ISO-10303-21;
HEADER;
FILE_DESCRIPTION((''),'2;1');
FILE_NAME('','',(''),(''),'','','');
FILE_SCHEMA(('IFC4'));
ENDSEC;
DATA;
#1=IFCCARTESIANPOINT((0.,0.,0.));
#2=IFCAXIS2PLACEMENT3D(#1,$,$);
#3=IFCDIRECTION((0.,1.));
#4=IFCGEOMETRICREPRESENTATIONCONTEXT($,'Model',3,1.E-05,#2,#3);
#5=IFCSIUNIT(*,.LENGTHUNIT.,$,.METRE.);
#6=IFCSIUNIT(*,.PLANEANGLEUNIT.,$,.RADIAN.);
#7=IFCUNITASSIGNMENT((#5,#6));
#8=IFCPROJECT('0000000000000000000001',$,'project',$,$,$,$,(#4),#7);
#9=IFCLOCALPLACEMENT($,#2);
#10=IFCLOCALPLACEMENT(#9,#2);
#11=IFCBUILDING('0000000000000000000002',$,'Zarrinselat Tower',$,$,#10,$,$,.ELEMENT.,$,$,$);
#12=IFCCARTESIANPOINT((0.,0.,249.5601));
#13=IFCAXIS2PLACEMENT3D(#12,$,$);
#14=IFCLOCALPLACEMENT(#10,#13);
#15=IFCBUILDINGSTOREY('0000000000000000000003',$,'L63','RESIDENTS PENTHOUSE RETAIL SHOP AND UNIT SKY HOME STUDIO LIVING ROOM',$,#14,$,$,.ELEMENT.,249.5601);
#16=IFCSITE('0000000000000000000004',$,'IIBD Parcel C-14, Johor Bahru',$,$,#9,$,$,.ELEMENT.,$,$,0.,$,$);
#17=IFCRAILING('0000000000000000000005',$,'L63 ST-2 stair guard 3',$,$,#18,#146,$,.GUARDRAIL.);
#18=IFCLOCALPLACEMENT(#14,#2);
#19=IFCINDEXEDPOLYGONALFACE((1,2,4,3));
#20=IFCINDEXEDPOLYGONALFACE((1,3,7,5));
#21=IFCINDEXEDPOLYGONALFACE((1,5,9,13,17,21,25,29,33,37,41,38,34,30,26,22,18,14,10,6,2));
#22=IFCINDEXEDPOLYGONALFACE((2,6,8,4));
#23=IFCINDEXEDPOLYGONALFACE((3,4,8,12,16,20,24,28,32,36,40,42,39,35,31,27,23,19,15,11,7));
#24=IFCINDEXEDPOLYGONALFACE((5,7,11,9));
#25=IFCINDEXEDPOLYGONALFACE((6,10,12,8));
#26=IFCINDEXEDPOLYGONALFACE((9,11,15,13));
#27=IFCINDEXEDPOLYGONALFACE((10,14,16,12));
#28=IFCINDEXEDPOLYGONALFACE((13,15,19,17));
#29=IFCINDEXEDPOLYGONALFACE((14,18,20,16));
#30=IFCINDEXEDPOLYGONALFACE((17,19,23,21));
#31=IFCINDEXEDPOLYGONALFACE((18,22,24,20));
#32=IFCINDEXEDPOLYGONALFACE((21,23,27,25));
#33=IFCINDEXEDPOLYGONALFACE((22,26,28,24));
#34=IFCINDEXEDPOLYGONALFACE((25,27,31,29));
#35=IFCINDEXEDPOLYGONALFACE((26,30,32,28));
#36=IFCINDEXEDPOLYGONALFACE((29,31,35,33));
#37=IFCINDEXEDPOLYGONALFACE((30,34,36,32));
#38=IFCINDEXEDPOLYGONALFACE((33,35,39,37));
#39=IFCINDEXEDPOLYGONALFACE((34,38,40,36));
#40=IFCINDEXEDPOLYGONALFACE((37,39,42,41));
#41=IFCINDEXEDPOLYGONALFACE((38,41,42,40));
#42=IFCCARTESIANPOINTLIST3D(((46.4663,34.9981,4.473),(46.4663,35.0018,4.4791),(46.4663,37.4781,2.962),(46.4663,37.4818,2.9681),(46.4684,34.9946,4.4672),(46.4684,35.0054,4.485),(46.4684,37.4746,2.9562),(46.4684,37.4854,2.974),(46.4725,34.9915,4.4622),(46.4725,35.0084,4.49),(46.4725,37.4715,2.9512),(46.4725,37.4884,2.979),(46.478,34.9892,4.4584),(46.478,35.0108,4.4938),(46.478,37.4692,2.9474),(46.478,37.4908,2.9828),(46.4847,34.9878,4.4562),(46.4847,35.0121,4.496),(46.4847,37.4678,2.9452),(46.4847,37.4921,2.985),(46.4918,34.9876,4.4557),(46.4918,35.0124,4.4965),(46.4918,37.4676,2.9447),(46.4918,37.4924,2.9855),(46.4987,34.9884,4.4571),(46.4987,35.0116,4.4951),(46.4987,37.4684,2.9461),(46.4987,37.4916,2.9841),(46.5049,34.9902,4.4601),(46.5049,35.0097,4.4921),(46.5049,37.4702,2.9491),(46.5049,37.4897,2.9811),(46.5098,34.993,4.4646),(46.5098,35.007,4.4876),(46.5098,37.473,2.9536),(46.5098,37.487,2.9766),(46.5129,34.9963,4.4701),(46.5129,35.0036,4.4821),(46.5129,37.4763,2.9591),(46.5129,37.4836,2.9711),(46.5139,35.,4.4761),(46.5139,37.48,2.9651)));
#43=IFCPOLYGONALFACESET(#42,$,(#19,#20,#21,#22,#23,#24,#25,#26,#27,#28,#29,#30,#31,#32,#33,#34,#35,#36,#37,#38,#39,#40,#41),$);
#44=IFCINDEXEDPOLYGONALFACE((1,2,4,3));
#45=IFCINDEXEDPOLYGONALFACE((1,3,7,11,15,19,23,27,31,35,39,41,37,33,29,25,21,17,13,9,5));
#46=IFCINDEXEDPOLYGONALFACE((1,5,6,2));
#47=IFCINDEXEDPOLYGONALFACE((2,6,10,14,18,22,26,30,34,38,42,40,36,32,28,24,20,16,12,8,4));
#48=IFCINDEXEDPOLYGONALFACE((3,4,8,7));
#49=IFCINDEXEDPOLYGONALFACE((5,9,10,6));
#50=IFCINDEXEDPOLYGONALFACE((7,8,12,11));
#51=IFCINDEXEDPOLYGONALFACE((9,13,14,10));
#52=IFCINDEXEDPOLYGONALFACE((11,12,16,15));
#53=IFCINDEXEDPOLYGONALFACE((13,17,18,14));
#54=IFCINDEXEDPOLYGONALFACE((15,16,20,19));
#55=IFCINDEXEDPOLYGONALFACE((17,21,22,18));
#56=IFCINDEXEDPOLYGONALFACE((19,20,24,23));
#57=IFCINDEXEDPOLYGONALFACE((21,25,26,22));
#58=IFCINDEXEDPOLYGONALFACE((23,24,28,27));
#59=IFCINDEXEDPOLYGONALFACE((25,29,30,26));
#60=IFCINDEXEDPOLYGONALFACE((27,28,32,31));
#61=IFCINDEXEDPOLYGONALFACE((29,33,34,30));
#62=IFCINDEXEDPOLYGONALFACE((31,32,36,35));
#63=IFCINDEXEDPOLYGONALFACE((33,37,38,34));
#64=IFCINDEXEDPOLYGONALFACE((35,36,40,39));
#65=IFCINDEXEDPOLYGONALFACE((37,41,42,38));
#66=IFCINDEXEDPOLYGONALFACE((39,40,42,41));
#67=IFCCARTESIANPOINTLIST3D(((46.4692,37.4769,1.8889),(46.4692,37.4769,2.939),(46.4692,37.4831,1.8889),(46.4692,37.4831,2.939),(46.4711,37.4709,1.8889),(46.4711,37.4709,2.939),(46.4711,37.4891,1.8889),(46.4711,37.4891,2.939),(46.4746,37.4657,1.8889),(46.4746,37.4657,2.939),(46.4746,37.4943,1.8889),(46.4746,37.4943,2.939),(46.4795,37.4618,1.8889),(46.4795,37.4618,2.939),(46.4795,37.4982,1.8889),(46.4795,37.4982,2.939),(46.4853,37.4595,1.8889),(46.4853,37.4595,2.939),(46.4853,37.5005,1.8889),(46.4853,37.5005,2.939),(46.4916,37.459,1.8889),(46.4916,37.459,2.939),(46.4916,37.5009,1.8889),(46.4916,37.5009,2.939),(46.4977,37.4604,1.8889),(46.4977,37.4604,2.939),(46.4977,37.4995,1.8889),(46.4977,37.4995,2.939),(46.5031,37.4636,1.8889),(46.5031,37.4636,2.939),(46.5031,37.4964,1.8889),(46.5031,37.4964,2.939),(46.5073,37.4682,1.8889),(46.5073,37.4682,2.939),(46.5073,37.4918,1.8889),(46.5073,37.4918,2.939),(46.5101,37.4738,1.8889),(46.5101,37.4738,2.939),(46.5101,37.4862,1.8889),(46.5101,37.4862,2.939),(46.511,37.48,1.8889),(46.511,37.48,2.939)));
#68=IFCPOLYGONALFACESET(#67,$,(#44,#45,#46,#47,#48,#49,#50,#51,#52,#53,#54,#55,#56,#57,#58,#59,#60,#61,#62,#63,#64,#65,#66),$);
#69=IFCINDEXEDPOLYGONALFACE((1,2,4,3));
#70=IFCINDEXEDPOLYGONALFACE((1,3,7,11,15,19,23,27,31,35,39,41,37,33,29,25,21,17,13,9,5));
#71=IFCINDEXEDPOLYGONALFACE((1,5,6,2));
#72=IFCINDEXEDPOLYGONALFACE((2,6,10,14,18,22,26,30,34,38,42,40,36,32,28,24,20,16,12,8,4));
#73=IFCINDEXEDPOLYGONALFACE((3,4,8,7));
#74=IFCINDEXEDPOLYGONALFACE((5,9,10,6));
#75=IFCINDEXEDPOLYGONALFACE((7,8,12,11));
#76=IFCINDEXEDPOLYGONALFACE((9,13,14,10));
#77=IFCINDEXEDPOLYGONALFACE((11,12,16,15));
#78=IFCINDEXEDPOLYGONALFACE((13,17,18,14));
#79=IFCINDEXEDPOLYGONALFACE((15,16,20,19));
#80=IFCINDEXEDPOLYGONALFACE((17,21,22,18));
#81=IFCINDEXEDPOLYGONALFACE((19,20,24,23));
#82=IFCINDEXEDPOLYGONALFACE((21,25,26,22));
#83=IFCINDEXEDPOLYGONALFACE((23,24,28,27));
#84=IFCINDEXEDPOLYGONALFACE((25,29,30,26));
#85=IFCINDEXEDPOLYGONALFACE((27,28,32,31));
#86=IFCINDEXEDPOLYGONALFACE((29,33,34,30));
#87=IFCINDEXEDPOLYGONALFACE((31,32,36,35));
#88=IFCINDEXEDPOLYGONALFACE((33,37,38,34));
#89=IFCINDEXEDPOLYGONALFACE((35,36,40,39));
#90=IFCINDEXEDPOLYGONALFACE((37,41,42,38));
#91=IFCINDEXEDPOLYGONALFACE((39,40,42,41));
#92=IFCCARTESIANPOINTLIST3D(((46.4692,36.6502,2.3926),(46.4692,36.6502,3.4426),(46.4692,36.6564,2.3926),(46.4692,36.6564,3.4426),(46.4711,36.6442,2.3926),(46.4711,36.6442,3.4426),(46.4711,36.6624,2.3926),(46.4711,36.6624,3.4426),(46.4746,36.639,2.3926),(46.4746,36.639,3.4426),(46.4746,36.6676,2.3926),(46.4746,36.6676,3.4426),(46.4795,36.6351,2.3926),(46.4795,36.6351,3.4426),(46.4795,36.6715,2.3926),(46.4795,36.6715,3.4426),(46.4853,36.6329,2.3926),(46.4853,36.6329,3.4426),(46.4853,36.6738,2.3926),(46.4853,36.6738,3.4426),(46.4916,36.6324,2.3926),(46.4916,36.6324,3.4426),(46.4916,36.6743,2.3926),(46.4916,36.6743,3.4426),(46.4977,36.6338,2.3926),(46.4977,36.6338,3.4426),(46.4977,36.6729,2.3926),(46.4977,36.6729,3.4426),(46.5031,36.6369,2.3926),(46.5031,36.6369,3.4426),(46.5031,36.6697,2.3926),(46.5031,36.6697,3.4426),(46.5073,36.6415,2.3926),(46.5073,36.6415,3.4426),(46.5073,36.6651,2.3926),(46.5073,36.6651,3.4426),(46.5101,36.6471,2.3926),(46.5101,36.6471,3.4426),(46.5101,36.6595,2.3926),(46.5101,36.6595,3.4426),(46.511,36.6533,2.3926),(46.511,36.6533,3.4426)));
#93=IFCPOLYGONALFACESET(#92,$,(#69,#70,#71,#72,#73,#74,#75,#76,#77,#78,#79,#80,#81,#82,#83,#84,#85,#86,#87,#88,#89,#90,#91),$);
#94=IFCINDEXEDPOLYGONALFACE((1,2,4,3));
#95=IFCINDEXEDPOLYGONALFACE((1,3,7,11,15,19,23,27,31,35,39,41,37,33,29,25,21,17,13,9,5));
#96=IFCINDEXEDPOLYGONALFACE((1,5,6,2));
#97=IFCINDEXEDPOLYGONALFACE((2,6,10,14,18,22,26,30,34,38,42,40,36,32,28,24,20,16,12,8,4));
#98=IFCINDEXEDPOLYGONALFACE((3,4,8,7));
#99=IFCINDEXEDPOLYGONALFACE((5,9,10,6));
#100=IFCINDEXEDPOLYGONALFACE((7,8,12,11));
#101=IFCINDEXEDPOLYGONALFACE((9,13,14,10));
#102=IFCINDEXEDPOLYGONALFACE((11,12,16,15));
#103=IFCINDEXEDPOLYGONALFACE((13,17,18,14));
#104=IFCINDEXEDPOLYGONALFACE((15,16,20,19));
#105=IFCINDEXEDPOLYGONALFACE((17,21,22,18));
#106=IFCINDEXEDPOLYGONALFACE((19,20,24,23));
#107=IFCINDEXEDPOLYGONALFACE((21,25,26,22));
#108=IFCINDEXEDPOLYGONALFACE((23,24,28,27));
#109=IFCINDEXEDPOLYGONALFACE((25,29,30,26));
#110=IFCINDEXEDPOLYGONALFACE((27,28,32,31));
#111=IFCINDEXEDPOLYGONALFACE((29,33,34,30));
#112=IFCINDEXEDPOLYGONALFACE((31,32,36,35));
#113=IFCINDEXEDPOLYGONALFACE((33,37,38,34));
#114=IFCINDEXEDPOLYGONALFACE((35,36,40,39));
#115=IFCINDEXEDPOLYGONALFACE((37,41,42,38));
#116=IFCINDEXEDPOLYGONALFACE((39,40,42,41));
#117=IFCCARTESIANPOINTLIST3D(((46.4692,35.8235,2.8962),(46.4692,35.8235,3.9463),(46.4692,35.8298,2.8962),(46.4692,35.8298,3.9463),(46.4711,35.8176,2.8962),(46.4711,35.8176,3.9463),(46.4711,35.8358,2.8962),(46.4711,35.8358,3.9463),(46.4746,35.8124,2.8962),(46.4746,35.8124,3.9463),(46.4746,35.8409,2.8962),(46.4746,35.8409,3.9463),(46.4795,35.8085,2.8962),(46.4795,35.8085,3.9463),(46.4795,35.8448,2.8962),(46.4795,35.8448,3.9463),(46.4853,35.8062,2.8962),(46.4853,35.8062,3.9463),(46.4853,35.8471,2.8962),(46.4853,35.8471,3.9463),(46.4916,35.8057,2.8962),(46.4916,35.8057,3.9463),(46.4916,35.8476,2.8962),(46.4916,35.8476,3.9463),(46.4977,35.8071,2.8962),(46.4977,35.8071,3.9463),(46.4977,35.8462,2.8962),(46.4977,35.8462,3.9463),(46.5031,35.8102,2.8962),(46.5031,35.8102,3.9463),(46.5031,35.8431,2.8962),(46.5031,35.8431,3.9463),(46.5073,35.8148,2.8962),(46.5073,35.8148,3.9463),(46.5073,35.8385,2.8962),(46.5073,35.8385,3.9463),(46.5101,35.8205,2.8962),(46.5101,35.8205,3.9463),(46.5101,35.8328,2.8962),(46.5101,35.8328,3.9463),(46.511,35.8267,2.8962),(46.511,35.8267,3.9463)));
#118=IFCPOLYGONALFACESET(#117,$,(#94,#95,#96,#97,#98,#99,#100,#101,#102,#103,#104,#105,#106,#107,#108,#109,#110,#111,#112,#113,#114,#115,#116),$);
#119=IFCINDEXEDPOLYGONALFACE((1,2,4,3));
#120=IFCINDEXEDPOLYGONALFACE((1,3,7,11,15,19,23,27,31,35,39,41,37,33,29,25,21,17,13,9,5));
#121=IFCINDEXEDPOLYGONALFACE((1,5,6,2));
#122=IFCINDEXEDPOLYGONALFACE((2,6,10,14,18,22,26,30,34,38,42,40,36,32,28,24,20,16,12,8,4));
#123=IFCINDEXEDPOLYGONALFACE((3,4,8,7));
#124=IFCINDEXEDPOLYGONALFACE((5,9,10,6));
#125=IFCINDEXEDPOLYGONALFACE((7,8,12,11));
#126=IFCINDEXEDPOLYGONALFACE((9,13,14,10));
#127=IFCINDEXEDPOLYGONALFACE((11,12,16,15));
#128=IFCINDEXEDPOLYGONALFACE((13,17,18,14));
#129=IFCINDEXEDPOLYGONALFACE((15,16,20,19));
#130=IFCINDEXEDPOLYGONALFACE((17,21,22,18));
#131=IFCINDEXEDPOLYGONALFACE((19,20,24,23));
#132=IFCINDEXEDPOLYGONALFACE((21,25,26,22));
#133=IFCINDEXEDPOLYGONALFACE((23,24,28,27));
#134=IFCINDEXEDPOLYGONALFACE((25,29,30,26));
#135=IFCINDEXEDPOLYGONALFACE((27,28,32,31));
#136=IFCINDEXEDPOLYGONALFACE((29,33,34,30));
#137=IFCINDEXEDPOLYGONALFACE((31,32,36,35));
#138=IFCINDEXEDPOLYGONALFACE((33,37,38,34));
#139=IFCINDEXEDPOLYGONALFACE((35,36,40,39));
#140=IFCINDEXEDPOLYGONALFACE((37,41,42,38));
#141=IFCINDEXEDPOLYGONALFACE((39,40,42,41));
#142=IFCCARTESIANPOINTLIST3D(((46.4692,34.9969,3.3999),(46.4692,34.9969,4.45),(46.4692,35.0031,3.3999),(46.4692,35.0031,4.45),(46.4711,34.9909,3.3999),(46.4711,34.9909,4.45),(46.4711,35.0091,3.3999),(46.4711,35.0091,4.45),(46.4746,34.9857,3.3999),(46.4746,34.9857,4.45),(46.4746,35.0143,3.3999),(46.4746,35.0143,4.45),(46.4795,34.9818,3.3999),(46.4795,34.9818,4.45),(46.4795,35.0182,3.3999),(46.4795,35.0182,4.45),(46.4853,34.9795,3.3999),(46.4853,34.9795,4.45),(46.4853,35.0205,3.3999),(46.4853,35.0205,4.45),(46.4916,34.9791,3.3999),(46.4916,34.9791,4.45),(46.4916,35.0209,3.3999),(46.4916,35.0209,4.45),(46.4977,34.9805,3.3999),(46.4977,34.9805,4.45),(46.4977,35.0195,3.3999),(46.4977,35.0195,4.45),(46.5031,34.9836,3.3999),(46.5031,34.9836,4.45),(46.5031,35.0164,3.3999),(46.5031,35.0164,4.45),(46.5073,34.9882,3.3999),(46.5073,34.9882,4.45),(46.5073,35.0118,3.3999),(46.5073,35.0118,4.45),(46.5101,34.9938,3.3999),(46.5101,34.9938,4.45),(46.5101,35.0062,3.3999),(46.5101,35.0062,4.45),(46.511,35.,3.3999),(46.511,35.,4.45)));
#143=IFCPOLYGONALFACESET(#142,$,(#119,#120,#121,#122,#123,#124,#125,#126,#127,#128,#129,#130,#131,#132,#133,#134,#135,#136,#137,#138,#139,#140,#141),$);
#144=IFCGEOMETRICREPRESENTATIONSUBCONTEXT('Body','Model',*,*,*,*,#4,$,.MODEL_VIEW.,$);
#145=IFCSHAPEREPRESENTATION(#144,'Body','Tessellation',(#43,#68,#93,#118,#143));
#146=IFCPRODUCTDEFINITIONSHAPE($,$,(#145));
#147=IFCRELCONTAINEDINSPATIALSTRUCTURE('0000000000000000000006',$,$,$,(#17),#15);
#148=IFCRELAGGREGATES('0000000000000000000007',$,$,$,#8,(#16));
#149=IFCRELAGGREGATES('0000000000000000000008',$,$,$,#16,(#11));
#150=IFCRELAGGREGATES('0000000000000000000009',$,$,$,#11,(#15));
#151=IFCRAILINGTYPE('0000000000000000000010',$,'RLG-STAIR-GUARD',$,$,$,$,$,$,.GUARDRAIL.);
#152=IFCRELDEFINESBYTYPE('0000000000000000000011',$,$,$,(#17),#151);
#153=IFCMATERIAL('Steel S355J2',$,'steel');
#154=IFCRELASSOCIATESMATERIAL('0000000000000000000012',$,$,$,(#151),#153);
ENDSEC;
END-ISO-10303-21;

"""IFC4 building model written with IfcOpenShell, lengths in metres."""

from ifc_helpers import new_model, si_unit, direction, frame, origin, origin_2d, place, context, subcontext, project, spatial, circle, extrude, material, type_object, element, save


model = new_model("IFC4")

# Units and contexts
model_context = context("Model", 3, precision=1e-05, world=origin(), true_north=direction((0.0, 1.0)))
body_context = subcontext(model_context, "Body", "Model", "MODEL_VIEW")
ifc_project = project(units=[si_unit("LENGTHUNIT", "METRE"), si_unit("PLANEANGLEUNIT", "RADIAN")], contexts=[model_context])

# Site, building, storey
site_placement = place(None, origin())
site = spatial("IfcSite", under=ifc_project, at=site_placement, Name="IIBD Parcel C-14, Johor Bahru", CompositionType="ELEMENT", RefElevation=0.0)
building_placement = place(site_placement, origin())
building = spatial("IfcBuilding", under=site, at=building_placement, Name="Zarrinselat Tower", CompositionType="ELEMENT")
storey_placement = place(building_placement, frame((0.0, 0.0, 249.5601)))
storey = spatial("IfcBuildingStorey", under=building, at=storey_placement, Name="L63", Description="RESIDENTS PENTHOUSE RETAIL SHOP AND UNIT SKY HOME STUDIO LIVING ROOM", CompositionType="ELEMENT", Elevation=249.5601)

# Railing
ifc_material_1 = material(Name="Steel S355J2", Category="steel")
railing_type_1 = type_object("IfcRailingType", Name="RLG-STAIR-GUARD", PredefinedType="GUARDRAIL", material=ifc_material_1)
railing_1_placement = place(storey_placement, frame((46.49, 37.48, 1.8889)))
element("IfcRailing", 1, at=railing_1_placement, inside=storey, type_object=railing_type_1, Name="L63 ST-2 stair guard 3", PredefinedType="GUARDRAIL", context=body_context, shape_type="SweptSolid", body=[
    extrude(circle(Radius=0.0239, at=origin_2d()), frame((0.0, 0.0, 1.0762), z_axis=(0.0, -0.853979, 0.520307), x_axis=(1.0, 0.0, 0.0)), (0.0, 0.0, 1.0), 2.9041),
    extrude(circle(Radius=0.021, at=origin_2d()), origin(), (0.0, 0.0, 1.0), 1.05),
    extrude(circle(Radius=0.021, at=origin_2d()), frame((0.0, -0.8267, 0.5037)), (0.0, 0.0, 1.0), 1.05),
    extrude(circle(Radius=0.021, at=origin_2d()), frame((0.0, -1.6533, 1.0073)), (0.0, 0.0, 1.0), 1.05),
    extrude(circle(Radius=0.021, at=origin_2d()), frame((0.0, -2.48, 1.511)), (0.0, 0.0, 1.0), 1.05),
])

save(model, "model.ifc")
